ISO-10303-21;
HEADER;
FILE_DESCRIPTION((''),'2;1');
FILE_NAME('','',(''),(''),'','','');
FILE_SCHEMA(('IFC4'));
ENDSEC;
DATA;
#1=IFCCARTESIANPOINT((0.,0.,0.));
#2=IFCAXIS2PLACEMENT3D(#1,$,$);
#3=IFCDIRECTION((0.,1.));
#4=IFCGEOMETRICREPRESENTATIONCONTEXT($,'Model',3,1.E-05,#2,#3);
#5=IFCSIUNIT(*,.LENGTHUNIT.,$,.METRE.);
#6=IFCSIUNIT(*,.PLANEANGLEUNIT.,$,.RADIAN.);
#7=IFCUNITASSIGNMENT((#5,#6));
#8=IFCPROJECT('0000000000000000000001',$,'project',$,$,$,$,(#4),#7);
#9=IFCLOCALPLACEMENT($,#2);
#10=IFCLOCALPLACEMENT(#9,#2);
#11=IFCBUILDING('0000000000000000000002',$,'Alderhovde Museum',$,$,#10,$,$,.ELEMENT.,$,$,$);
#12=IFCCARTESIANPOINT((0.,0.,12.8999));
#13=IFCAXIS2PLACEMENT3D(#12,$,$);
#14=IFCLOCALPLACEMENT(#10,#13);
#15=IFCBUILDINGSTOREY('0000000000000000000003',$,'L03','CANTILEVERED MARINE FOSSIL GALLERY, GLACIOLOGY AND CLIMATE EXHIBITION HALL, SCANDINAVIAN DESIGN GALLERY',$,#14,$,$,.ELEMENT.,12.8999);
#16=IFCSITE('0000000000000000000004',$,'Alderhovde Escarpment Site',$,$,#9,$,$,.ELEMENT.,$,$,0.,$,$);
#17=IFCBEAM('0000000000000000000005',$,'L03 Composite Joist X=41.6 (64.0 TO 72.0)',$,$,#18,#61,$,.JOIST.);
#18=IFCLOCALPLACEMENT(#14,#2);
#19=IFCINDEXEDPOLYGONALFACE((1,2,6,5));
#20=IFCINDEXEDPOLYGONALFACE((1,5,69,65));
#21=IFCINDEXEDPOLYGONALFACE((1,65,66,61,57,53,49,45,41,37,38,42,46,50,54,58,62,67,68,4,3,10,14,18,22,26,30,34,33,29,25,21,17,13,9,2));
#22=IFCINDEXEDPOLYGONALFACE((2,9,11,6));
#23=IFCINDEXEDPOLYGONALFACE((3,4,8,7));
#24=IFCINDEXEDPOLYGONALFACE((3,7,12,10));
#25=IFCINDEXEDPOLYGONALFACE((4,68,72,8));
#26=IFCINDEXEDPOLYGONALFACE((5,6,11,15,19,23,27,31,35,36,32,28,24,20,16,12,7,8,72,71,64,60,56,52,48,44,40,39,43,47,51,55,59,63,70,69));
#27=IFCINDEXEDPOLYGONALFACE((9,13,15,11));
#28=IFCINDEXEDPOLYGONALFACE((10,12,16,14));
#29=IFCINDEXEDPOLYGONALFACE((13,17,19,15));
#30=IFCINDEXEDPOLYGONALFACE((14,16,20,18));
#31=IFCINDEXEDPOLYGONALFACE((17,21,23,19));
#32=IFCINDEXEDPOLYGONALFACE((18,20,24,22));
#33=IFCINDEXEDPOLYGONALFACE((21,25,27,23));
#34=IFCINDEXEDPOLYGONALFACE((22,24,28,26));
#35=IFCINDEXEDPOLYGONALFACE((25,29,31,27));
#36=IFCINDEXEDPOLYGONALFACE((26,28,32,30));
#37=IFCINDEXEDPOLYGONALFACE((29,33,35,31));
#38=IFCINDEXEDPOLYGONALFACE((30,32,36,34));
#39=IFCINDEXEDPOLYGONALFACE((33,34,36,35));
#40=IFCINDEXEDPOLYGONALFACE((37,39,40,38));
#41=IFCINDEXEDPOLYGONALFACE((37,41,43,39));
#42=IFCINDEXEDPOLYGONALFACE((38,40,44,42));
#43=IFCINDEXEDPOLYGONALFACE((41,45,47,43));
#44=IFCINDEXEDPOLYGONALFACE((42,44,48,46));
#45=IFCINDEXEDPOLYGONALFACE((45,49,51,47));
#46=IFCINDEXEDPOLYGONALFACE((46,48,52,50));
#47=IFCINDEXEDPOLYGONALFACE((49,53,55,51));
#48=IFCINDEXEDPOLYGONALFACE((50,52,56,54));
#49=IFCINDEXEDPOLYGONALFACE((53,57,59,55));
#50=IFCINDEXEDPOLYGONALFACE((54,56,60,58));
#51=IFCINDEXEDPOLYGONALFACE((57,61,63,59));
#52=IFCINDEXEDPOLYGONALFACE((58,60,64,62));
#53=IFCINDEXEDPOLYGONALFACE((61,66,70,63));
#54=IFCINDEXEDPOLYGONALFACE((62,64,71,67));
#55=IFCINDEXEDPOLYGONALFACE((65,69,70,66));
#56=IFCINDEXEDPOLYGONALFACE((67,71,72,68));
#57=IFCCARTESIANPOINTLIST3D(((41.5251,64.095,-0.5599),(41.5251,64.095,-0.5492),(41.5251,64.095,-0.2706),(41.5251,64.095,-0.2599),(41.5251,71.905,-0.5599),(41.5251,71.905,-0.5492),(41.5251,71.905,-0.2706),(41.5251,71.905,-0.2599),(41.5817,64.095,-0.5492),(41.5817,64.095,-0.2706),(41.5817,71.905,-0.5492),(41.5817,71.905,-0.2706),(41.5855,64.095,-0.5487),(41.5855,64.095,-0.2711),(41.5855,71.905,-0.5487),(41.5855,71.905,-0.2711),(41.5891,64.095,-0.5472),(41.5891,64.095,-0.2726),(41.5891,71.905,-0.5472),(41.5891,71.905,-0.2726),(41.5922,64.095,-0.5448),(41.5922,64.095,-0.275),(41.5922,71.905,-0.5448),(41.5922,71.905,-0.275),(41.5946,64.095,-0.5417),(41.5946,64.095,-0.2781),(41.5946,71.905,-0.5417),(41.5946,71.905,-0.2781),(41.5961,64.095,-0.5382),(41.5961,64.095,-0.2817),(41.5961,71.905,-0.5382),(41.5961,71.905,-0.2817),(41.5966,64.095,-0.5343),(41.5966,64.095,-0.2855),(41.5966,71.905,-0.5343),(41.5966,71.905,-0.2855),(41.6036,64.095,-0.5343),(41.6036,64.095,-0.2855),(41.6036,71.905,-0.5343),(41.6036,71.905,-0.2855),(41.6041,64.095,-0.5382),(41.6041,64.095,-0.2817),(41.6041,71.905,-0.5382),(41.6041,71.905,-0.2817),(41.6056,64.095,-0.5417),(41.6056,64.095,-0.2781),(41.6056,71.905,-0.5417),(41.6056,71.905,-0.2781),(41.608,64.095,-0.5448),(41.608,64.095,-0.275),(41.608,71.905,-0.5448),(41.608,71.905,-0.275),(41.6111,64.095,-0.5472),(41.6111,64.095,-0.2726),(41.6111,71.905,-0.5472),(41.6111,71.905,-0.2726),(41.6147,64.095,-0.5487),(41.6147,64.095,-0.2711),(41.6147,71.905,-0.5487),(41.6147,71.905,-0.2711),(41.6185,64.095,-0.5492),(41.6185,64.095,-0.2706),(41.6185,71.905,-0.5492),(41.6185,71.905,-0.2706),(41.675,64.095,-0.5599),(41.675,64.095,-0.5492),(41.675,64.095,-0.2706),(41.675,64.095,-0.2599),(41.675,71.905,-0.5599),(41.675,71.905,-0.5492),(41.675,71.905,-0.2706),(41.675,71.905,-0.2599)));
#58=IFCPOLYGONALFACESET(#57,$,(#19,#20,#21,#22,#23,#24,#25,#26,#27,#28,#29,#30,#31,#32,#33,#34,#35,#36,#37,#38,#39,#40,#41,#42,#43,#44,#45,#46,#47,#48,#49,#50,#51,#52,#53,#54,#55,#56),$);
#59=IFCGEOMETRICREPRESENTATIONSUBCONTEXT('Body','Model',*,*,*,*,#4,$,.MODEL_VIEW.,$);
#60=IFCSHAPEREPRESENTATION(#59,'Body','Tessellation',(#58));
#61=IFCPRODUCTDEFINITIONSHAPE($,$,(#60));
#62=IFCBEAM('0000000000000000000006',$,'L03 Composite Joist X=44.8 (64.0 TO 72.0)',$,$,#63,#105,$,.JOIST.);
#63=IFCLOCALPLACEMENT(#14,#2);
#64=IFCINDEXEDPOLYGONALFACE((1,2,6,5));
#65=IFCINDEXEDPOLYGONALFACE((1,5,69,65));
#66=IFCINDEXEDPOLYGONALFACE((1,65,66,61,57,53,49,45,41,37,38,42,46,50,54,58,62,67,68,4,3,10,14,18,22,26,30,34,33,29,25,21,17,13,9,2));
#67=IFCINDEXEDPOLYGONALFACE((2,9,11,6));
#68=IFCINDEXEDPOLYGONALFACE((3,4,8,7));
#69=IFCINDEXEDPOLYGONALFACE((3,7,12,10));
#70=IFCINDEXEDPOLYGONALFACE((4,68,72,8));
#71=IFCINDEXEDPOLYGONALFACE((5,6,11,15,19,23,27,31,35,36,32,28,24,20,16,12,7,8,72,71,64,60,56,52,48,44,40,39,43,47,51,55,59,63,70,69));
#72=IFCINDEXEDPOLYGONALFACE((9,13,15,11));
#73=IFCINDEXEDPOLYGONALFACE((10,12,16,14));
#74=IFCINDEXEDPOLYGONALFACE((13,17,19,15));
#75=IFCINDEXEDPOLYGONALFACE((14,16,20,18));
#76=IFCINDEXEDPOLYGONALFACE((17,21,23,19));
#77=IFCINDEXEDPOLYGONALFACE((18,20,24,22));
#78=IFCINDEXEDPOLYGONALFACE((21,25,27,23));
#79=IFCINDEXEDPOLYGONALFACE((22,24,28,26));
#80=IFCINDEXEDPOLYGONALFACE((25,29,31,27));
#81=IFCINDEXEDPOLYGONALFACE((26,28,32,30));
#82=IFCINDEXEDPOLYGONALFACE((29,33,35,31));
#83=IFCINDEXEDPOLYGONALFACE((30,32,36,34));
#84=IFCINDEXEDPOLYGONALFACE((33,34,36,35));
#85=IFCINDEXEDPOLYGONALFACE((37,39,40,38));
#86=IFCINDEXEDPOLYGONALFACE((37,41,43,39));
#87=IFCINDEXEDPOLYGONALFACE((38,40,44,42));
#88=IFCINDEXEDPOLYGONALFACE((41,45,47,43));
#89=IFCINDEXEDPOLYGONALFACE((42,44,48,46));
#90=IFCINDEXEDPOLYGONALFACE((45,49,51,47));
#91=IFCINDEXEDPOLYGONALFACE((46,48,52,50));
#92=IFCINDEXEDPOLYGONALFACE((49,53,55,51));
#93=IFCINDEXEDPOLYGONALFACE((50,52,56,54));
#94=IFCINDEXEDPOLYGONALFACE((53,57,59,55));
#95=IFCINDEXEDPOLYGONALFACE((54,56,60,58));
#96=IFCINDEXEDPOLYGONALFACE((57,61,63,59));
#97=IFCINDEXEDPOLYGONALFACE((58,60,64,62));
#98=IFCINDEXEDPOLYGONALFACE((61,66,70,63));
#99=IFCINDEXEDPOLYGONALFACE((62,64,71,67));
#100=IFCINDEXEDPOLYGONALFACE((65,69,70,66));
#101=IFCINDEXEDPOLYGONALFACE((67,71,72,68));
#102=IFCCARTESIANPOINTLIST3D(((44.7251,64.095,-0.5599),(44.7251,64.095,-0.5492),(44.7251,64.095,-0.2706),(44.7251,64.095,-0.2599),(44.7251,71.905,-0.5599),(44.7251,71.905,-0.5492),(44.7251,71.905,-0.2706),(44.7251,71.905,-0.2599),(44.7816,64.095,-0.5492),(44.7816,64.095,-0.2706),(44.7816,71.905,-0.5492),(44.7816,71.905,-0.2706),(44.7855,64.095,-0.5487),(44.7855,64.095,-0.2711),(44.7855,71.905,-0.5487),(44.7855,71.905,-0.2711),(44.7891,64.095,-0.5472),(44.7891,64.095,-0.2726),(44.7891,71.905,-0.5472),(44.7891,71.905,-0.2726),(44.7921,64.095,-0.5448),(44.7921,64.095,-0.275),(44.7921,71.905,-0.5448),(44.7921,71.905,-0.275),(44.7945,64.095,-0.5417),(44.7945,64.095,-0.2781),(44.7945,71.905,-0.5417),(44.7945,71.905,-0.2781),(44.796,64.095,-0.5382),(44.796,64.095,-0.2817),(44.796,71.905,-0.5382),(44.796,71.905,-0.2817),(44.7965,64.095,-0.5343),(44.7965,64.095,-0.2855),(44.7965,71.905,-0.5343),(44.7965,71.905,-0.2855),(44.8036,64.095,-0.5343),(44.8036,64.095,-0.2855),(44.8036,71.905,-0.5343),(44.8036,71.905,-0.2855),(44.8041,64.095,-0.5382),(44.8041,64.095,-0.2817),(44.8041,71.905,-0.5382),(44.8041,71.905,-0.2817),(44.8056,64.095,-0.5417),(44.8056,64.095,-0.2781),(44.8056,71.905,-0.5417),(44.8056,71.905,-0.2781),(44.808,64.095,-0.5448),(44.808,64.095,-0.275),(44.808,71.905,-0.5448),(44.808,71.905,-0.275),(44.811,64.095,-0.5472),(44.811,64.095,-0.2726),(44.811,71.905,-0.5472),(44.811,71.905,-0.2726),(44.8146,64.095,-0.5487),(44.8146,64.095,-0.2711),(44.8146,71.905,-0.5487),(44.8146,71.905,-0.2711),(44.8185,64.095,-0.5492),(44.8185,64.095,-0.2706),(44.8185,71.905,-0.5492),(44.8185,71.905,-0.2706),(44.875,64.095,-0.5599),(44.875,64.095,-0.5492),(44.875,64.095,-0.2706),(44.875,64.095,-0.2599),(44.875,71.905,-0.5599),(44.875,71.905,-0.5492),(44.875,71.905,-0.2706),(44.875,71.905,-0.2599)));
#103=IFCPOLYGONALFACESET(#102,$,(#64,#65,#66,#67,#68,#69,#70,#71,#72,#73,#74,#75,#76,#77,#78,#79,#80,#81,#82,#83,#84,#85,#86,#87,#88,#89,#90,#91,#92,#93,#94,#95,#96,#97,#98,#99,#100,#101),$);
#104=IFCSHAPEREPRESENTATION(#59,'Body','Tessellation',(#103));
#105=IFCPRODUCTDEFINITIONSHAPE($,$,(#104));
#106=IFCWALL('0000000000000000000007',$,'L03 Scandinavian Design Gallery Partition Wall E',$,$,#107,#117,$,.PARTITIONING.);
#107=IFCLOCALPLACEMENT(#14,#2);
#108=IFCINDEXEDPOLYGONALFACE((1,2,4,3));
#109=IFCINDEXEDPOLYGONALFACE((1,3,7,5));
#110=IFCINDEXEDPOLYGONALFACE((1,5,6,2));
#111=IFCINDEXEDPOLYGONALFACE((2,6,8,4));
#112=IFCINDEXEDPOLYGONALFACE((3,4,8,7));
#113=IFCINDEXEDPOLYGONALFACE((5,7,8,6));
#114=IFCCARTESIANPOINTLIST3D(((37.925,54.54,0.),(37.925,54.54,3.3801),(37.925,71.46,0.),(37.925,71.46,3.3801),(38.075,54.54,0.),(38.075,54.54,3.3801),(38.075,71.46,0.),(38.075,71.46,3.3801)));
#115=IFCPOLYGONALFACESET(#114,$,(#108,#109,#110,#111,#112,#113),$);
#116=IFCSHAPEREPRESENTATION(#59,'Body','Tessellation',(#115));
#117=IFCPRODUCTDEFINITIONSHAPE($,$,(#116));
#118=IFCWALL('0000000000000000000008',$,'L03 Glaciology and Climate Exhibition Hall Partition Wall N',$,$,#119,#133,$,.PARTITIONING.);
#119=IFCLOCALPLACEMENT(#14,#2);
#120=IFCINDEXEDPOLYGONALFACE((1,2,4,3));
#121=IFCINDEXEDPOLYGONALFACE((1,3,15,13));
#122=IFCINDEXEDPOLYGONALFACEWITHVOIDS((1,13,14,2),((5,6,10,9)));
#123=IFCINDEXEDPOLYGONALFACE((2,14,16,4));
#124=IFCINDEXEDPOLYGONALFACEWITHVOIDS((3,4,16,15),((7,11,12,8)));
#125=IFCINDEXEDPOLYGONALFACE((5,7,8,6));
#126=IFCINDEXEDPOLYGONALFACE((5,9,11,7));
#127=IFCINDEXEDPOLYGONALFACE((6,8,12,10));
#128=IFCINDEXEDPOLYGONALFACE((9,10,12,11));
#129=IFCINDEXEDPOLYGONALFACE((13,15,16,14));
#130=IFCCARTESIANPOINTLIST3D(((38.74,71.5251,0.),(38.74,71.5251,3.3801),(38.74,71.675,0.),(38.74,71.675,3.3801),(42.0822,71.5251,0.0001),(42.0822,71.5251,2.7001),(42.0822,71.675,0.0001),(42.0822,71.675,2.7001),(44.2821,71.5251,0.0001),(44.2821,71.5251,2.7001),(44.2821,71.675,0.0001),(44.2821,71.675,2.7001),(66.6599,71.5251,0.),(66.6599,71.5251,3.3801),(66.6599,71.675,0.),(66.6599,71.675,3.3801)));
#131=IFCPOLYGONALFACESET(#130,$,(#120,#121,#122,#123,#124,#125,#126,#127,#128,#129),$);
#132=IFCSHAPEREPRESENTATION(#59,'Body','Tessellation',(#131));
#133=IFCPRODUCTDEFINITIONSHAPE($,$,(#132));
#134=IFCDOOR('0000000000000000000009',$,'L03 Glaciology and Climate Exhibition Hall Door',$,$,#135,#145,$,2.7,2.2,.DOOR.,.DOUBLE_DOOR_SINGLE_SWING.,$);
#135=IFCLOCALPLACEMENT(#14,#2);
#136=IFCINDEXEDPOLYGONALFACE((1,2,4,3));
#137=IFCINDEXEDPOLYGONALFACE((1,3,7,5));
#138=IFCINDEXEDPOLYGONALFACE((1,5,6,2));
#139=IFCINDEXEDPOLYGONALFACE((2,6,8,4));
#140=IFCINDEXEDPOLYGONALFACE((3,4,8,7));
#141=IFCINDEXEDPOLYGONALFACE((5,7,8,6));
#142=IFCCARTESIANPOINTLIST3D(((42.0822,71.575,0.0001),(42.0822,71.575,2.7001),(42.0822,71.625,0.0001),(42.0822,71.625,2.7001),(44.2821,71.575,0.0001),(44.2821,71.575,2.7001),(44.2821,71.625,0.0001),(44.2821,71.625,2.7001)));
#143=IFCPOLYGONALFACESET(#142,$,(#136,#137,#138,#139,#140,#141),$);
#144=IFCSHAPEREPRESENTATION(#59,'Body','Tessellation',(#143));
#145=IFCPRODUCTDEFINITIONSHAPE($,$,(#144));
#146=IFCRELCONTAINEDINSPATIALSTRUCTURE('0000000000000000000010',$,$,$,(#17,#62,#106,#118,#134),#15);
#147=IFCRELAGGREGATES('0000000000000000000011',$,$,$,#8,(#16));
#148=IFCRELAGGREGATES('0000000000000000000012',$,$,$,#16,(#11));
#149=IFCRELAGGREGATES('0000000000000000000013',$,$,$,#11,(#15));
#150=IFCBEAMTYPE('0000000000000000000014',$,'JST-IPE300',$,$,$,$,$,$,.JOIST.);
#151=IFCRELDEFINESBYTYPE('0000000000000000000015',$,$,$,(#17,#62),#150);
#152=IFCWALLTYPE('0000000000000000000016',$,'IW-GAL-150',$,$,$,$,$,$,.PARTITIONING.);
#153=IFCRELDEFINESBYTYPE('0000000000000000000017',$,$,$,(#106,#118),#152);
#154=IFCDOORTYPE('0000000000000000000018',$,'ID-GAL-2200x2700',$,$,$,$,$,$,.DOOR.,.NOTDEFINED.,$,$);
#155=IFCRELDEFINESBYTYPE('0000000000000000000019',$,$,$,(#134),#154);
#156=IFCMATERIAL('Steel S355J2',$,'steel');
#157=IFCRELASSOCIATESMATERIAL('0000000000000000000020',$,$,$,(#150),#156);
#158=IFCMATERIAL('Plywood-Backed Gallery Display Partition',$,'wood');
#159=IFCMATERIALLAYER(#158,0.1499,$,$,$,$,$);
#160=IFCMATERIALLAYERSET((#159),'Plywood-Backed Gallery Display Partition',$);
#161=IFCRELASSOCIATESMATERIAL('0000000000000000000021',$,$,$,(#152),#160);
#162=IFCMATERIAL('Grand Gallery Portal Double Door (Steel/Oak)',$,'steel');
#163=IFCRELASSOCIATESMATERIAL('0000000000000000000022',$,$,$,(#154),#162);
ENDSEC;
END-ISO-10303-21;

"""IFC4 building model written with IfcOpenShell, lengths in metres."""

from ifc_helpers import new_model, si_unit, direction, frame, frame_2d, origin, origin_2d, place, context, subcontext, project, spatial, rectangle, i_section, extrude, material, layer, layer_set, material_profile, profile_set, type_object, element, fill, save


model = new_model("IFC4")

# Units and contexts
model_context = context("Model", 3, precision=1e-05, world=origin(), true_north=direction((0.0, 1.0)))
body_context = subcontext(model_context, "Body", "Model", "MODEL_VIEW")
ifc_project = project(units=[si_unit("LENGTHUNIT", "METRE"), si_unit("PLANEANGLEUNIT", "RADIAN")], contexts=[model_context])

# Site, building, storey
site_placement = place(None, origin())
site = spatial("IfcSite", under=ifc_project, at=site_placement, Name="Alderhovde Escarpment Site", CompositionType="ELEMENT", RefElevation=0.0)
building_placement = place(site_placement, origin())
building = spatial("IfcBuilding", under=site, at=building_placement, Name="Alderhovde Museum", CompositionType="ELEMENT")
storey_placement = place(building_placement, frame((0.0, 0.0, 12.8999)))
storey = spatial("IfcBuildingStorey", under=building, at=storey_placement, Name="L03", Description="CANTILEVERED MARINE FOSSIL GALLERY, GLACIOLOGY AND CLIMATE EXHIBITION HALL, SCANDINAVIAN DESIGN GALLERY", CompositionType="ELEMENT", Elevation=12.8999)

# Beams
ifc_material_1 = material(Name="Steel S355J2", Category="steel")
ifc_material_profile_1 = material_profile(ifc_material_1, i_section(OverallWidth=0.1499, OverallDepth=0.3, WebThickness=0.0071, FlangeThickness=0.0107, FilletRadius=0.0149, at=origin_2d()), Name="IPE 300")
ifc_profile_set_1 = profile_set([ifc_material_profile_1], Name="Steel S355J2")
beam_type_1 = type_object("IfcBeamType", Name="JST-IPE300", PredefinedType="JOIST", material=ifc_profile_set_1)
for number, where, z_axis, x_axis, name in (
    (1, (41.6001, 64.095, -0.4099), (0.0, 1.0, 0.0), (-1.0, 0.0, 0.0), "L03 Composite Joist X=41.6 (64.0 TO 72.0)"),
    (2, (44.8, 64.095, -0.4099), (0.0, 1.0, 0.0), (-1.0, 0.0, 0.0), "L03 Composite Joist X=44.8 (64.0 TO 72.0)"),
):
    element("IfcBeam", number, at=place(storey_placement, frame(where, z_axis=z_axis, x_axis=x_axis)), inside=storey, type_object=beam_type_1, Name=name, PredefinedType="JOIST", context=body_context, shape_type="SweptSolid", body=[
        extrude(i_section(OverallWidth=0.1499, OverallDepth=0.3, WebThickness=0.0071, FlangeThickness=0.0107, FilletRadius=0.0149, at=origin_2d()), origin(), (0.0, 0.0, 1.0), 7.8101),
    ])

# Wall
ifc_material_2 = material(Name="Plywood-Backed Gallery Display Partition", Category="wood")
ifc_layer = layer(ifc_material_2, 0.1499)
ifc_layer_set = layer_set([ifc_layer], Name="Plywood-Backed Gallery Display Partition")
wall_type = type_object("IfcWallType", Name="IW-GAL-150", PredefinedType="PARTITIONING", material=ifc_layer_set)
wall_1_placement = place(storey_placement, frame((38.0, 54.54, 0.0), z_axis=(0.0, 0.0, 1.0), x_axis=(0.0, 1.0, 0.0)))
element("IfcWall", 3, at=wall_1_placement, inside=storey, type_object=wall_type, Name="L03 Scandinavian Design Gallery Partition Wall E", PredefinedType="PARTITIONING", context=body_context, shape_type="SweptSolid", body=[
    extrude(rectangle(XDim=16.9199, YDim=0.1499, at=frame_2d((8.46, 0.0))), origin(), (0.0, 0.0, 1.0), 3.3801),
])

# Wall, opening, door
wall_2_placement = place(storey_placement, frame((38.74, 71.6001, 0.0), z_axis=(0.0, 0.0, 1.0), x_axis=(1.0, 0.0, 0.0)))
wall_2 = element("IfcWall", 4, at=wall_2_placement, inside=storey, type_object=wall_type, Name="L03 Glaciology and Climate Exhibition Hall Partition Wall N", PredefinedType="PARTITIONING", context=body_context, shape_type="SweptSolid", body=[
    extrude(rectangle(XDim=27.9199, YDim=0.1499, at=frame_2d((13.96, 0.0))), origin(), (0.0, 0.0, 1.0), 3.3801),
])
opening_placement = place(wall_2_placement, frame((3.342, 0.0, 0.0)))
opening = element("IfcOpeningElement", 5, at=opening_placement, cuts=wall_2, PredefinedType="OPENING", context=body_context, shape_type="SweptSolid", body=[
    extrude(rectangle(XDim=2.2, YDim=2.7, at=frame_2d((1.1001, 1.3501))), frame((0.0, 0.085, 0.0), z_axis=(0.0, -1.0, 0.0), x_axis=(1.0, 0.0, 0.0)), (0.0, 0.0, 1.0), 0.1699),
])
ifc_material_3 = material(Name="Grand Gallery Portal Double Door (Steel/Oak)", Category="steel")
door_type = type_object("IfcDoorType", Name="ID-GAL-2200x2700", OperationType="NOTDEFINED", PredefinedType="DOOR", material=ifc_material_3)
door_placement = place(opening_placement, origin())
door = element("IfcDoor", 6, at=door_placement, inside=storey, type_object=door_type, Name="L03 Glaciology and Climate Exhibition Hall Door", OperationType="DOUBLE_DOOR_SINGLE_SWING", OverallHeight=2.7, OverallWidth=2.2, PredefinedType="DOOR", context=body_context, shape_type="SweptSolid", body=[
    extrude(rectangle(XDim=2.2, YDim=2.7, at=frame_2d((1.1001, 1.3501))), frame((0.0, 0.0249, 0.0), z_axis=(0.0, -1.0, 0.0), x_axis=(1.0, 0.0, 0.0)), (0.0, 0.0, 1.0), 0.05),
])
fill(opening, door)

save(model, "model.ifc")
